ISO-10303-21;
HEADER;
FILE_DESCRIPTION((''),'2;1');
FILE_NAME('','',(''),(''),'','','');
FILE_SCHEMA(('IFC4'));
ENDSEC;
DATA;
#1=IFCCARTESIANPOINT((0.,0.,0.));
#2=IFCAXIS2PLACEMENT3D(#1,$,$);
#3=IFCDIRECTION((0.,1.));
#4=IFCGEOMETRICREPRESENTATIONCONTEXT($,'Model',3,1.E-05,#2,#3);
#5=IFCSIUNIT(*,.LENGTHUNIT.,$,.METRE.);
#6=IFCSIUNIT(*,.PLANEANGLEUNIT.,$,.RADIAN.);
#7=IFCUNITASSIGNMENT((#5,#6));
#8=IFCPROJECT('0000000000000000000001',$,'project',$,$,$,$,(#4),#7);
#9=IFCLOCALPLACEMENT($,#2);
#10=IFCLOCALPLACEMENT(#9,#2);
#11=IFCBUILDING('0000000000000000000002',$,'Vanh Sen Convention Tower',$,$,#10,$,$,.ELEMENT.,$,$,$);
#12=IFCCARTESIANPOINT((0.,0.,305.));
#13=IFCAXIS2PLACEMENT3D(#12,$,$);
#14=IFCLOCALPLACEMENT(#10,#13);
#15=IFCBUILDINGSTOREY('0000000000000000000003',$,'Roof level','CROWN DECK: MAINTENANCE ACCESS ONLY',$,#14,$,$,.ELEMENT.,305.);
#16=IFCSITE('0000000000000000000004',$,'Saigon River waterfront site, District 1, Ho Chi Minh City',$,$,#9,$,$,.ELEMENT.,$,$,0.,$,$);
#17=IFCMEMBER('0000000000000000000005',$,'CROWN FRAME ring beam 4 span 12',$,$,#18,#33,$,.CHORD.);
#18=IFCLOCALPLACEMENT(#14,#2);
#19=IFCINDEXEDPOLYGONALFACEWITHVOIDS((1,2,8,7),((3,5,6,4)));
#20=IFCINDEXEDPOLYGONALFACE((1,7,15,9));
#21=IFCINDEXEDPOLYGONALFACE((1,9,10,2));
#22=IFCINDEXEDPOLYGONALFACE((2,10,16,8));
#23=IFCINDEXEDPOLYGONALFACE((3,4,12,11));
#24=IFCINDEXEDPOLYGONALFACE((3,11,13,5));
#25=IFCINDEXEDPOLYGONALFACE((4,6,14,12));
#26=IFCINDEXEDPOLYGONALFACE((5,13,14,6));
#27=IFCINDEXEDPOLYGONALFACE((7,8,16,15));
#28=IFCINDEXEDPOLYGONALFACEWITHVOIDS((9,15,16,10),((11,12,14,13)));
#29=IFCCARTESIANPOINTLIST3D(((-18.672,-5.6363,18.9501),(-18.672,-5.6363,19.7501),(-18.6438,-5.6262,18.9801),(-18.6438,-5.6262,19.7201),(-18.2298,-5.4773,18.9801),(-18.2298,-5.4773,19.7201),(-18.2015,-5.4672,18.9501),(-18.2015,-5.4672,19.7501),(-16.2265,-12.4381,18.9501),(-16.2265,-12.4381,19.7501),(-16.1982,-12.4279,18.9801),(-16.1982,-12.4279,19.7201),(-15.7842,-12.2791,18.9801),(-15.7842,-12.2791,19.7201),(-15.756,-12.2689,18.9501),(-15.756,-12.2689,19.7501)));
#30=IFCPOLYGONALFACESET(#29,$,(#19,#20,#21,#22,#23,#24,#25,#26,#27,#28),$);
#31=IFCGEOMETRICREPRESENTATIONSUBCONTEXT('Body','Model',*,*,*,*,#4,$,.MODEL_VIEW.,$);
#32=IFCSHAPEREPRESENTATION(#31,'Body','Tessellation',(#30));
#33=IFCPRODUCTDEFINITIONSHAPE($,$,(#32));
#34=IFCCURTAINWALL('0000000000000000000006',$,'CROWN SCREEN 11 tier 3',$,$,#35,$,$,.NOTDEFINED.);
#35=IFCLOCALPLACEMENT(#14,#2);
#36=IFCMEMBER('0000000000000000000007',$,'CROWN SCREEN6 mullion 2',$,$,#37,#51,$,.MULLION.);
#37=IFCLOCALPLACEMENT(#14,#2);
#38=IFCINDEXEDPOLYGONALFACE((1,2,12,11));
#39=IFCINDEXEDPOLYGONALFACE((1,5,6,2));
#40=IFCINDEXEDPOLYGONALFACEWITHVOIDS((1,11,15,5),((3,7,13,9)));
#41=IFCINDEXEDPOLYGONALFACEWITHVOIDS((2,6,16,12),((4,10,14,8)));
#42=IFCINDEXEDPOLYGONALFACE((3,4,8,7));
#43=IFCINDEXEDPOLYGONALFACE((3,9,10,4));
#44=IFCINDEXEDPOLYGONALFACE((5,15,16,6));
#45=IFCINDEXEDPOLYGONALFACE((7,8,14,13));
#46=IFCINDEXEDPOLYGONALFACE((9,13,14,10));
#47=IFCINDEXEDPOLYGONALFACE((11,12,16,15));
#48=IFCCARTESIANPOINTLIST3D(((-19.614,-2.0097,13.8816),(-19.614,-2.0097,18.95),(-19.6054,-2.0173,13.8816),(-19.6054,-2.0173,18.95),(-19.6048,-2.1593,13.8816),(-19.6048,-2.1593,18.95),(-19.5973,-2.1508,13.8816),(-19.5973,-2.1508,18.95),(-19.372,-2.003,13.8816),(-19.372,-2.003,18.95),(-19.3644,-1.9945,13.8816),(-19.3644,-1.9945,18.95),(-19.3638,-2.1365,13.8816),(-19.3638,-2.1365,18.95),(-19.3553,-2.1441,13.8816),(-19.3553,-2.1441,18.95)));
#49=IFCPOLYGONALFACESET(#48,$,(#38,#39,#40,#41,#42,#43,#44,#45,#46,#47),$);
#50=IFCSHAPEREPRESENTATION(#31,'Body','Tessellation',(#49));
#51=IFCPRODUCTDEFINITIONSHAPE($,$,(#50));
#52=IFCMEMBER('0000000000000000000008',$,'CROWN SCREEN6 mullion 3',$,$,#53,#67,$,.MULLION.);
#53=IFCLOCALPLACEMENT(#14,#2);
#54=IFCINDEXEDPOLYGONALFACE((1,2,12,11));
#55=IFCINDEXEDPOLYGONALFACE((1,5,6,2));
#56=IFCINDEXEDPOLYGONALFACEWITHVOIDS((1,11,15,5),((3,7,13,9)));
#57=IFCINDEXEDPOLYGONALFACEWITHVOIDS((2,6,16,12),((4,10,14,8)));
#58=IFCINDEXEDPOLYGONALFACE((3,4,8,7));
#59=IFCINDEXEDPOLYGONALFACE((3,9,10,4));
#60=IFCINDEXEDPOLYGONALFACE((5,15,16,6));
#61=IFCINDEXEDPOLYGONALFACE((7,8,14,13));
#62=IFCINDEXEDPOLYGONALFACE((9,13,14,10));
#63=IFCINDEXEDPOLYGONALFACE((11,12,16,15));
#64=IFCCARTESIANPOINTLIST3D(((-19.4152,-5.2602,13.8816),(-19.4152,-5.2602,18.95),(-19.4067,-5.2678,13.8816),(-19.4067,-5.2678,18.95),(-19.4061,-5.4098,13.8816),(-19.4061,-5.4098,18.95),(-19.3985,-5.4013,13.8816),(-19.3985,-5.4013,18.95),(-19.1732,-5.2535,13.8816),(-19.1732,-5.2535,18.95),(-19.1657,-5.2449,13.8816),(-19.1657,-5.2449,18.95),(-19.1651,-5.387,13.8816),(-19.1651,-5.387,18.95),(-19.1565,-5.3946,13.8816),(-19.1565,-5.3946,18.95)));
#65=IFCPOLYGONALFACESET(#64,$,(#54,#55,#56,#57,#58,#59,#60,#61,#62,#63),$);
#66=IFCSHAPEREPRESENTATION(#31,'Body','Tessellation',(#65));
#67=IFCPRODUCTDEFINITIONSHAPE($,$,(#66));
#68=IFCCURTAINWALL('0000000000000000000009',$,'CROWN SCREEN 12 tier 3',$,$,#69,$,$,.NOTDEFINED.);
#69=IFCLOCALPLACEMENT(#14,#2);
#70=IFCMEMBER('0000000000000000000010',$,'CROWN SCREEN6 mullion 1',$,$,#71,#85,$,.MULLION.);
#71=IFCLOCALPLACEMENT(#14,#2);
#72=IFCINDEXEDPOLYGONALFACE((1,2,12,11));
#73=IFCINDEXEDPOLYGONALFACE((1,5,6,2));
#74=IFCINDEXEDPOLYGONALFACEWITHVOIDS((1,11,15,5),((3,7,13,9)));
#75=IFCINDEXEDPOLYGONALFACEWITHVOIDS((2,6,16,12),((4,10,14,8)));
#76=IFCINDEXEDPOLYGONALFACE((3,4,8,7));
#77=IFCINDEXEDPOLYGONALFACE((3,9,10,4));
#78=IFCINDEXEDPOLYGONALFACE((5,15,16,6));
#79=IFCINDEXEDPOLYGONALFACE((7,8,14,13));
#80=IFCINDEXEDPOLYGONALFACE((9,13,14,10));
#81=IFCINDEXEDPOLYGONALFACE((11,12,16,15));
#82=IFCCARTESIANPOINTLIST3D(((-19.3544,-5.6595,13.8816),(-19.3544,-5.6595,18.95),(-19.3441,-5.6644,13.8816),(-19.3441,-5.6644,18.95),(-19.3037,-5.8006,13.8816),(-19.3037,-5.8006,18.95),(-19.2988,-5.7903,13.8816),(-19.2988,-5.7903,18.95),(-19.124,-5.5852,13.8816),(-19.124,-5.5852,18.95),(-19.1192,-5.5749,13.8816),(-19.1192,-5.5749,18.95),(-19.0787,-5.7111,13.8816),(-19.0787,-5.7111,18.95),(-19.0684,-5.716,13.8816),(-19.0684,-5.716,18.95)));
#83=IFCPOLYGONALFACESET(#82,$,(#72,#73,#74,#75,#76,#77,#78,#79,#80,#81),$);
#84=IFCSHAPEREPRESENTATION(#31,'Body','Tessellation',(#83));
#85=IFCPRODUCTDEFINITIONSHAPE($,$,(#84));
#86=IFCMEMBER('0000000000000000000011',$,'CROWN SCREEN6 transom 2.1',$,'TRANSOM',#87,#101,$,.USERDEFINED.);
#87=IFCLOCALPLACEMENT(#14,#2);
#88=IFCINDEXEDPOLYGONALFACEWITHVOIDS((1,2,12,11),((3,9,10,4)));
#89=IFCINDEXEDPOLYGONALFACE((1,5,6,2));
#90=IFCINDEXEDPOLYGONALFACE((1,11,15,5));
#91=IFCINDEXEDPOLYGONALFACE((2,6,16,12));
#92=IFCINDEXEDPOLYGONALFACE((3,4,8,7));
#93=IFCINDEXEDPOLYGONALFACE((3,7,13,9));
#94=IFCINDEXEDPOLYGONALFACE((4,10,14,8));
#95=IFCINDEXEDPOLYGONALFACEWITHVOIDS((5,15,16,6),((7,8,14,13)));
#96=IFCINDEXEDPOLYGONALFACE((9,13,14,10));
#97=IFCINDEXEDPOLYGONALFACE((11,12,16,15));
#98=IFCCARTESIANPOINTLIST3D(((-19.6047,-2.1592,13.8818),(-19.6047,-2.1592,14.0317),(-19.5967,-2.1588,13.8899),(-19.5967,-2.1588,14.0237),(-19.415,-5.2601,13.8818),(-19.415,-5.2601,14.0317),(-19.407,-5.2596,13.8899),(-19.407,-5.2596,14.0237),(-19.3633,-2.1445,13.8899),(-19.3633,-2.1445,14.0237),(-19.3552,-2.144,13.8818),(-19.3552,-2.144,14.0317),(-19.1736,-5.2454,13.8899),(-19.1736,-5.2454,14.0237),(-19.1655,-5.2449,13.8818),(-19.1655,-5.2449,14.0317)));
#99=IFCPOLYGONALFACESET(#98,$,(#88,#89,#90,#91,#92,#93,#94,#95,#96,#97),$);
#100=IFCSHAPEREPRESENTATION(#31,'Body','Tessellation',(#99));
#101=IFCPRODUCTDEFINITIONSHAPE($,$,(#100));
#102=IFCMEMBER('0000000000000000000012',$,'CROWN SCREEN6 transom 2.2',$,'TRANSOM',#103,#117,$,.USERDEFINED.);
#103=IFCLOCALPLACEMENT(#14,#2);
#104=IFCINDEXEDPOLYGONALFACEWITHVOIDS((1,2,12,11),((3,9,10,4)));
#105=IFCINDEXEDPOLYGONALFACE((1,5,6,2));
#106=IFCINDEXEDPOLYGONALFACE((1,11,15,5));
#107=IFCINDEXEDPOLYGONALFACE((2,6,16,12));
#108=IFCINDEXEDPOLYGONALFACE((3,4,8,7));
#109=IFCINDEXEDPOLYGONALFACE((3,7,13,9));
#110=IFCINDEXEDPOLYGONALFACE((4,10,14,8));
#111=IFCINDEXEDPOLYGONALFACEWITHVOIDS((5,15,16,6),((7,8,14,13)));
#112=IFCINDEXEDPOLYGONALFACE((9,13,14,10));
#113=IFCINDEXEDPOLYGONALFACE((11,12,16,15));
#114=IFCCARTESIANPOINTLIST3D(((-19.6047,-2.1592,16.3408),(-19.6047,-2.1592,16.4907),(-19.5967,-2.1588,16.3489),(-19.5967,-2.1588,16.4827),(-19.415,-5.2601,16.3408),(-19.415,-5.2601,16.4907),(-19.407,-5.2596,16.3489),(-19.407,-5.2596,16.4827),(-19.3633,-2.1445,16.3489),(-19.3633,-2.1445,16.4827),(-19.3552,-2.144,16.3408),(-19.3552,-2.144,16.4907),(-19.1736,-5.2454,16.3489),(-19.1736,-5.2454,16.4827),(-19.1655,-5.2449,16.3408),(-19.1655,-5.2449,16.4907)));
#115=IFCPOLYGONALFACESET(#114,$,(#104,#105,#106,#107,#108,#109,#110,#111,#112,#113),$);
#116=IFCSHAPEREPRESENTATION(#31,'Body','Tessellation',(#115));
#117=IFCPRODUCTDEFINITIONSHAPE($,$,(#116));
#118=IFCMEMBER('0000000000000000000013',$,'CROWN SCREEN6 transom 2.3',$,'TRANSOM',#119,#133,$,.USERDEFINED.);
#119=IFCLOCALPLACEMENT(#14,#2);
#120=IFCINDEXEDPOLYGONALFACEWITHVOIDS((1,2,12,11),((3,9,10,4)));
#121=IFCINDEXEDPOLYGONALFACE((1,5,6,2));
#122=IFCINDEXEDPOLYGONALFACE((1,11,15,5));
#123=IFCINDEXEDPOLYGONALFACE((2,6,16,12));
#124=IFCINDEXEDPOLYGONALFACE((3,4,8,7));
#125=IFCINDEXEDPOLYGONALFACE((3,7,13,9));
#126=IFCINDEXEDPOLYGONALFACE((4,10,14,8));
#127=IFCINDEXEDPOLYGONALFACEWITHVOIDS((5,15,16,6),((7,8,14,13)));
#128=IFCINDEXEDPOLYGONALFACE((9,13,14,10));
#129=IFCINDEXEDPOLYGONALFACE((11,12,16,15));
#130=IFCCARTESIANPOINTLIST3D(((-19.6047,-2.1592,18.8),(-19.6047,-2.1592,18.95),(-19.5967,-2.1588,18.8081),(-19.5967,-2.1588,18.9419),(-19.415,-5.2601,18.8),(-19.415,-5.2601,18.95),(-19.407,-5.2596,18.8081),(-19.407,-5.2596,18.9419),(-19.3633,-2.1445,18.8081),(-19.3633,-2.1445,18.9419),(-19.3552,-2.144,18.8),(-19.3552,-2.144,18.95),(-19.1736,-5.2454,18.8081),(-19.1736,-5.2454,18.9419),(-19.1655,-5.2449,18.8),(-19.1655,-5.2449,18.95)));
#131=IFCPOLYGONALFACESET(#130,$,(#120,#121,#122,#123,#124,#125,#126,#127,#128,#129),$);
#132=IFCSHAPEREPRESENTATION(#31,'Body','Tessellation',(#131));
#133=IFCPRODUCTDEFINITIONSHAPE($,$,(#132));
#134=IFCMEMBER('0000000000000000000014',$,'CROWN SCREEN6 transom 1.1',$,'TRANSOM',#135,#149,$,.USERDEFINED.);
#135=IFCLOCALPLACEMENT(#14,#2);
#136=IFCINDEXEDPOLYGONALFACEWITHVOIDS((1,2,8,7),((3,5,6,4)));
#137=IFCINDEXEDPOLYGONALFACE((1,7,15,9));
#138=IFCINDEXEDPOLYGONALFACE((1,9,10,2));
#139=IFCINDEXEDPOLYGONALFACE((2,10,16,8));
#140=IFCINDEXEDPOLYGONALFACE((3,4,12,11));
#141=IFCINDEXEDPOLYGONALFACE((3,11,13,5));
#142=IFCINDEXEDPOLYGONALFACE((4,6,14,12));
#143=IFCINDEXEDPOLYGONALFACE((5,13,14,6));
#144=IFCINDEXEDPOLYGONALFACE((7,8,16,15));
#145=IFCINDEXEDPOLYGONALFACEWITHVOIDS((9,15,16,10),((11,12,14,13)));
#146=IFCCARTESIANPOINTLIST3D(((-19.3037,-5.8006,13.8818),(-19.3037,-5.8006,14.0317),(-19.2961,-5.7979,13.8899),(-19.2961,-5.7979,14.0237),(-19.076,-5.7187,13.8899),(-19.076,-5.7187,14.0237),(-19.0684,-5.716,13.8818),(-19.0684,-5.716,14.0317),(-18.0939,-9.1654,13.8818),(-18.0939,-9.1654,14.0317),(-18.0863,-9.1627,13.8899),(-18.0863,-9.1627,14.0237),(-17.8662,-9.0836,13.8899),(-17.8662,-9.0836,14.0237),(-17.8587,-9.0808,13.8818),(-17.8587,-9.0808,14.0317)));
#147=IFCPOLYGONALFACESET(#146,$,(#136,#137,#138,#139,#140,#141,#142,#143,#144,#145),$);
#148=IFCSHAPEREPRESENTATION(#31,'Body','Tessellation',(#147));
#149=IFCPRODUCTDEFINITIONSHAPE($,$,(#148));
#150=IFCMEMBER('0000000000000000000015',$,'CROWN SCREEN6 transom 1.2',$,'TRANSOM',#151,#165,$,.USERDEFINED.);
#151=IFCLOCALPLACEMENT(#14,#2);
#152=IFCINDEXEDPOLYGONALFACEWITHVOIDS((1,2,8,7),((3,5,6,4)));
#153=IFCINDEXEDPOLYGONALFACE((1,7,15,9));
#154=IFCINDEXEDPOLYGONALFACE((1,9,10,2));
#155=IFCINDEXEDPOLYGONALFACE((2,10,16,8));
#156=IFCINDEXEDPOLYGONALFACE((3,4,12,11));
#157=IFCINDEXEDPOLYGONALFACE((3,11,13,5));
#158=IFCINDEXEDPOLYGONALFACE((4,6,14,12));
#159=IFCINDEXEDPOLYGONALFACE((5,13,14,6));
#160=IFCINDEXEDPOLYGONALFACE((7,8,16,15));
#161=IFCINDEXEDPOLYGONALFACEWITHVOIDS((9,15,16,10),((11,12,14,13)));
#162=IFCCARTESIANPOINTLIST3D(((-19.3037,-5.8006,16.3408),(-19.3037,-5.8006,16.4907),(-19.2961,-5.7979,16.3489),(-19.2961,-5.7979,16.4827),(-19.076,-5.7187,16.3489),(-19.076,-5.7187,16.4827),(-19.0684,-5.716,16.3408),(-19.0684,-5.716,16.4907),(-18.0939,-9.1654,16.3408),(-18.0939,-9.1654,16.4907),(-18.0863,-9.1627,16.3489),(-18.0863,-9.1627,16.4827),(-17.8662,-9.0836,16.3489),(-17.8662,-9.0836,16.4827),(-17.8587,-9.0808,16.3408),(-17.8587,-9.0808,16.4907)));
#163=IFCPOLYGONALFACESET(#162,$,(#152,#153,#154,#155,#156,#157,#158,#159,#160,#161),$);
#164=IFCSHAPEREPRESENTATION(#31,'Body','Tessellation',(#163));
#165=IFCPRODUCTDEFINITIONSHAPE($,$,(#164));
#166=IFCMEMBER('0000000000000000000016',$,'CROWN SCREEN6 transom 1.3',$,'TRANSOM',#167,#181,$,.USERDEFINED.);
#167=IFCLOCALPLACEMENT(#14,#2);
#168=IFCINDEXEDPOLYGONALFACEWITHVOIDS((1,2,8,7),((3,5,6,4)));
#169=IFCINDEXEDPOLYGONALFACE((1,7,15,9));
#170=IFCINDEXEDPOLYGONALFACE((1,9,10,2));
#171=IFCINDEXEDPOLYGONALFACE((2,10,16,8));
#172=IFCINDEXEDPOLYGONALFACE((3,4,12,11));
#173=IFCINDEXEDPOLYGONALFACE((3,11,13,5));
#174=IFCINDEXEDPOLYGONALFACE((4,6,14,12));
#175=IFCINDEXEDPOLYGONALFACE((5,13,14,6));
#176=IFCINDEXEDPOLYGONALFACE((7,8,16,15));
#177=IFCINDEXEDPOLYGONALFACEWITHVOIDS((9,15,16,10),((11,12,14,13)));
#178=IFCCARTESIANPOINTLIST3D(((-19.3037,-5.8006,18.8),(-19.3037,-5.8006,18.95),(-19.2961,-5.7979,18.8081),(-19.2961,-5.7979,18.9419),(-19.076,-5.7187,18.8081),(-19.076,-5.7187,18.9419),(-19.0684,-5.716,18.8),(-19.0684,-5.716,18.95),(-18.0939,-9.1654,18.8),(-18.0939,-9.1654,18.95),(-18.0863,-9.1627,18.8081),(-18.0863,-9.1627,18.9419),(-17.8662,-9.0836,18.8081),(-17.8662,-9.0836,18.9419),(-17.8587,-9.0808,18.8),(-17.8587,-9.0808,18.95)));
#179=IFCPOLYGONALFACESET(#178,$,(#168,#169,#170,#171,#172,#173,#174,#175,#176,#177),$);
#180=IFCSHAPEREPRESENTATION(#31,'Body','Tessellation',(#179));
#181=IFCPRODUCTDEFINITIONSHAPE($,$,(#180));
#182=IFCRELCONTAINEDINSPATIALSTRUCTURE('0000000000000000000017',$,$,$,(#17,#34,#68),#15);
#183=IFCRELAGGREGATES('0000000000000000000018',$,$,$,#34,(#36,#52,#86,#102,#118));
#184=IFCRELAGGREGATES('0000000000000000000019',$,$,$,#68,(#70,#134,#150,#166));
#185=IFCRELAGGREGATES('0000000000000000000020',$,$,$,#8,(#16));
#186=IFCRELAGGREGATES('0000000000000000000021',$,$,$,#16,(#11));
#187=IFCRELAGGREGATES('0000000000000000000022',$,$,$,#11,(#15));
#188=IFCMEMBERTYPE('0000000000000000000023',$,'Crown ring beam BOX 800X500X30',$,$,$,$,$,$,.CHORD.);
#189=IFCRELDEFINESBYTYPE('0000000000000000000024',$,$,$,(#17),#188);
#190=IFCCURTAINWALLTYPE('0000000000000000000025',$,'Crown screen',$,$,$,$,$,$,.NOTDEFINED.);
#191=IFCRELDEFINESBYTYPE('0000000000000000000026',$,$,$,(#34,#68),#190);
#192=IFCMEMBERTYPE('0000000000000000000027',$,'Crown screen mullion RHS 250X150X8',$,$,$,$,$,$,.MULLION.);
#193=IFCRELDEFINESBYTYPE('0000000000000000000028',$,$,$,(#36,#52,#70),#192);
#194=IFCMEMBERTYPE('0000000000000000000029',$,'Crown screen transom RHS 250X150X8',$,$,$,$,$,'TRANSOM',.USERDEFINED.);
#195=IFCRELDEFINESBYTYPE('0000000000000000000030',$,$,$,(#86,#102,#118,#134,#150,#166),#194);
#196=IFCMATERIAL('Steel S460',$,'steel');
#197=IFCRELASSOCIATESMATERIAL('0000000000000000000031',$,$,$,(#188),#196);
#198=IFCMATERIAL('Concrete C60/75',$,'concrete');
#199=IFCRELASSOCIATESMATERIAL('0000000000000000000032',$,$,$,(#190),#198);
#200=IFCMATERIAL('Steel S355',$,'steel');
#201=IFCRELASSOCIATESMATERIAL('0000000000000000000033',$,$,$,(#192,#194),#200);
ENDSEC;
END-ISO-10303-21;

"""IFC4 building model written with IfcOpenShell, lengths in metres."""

from ifc_helpers import new_model, si_unit, direction, frame, origin, origin_2d, place, context, subcontext, project, spatial, hollow_rectangle, extrude, material, material_profile, profile_set, type_object, element, aggregate, save


model = new_model("IFC4")

# Units and contexts
model_context = context("Model", 3, precision=1e-05, world=origin(), true_north=direction((0.0, 1.0)))
body_context = subcontext(model_context, "Body", "Model", "MODEL_VIEW")
ifc_project = project(units=[si_unit("LENGTHUNIT", "METRE"), si_unit("PLANEANGLEUNIT", "RADIAN")], contexts=[model_context])

# Site, building, storey
site_placement = place(None, origin())
site = spatial("IfcSite", under=ifc_project, at=site_placement, Name="Saigon River waterfront site, District 1, Ho Chi Minh City", CompositionType="ELEMENT", RefElevation=0.0)
building_placement = place(site_placement, origin())
building = spatial("IfcBuilding", under=site, at=building_placement, Name="Vanh Sen Convention Tower", CompositionType="ELEMENT")
storey_placement = place(building_placement, frame((0.0, 0.0, 305.0)))
storey = spatial("IfcBuildingStorey", under=building, at=storey_placement, Name="Roof level", Description="CROWN DECK: MAINTENANCE ACCESS ONLY", CompositionType="ELEMENT", Elevation=305.0)

# Member
ifc_material_1 = material(Name="Steel S460", Category="steel")
ifc_material_profile_1 = material_profile(ifc_material_1, hollow_rectangle(XDim=0.5, YDim=0.8, WallThickness=0.03, at=origin_2d()), Name="BOX 800X500X30")
ifc_profile_set_1 = profile_set([ifc_material_profile_1], Name="Steel S460")
member_type_1 = type_object("IfcMemberType", Name="Crown ring beam BOX 800X500X30", PredefinedType="CHORD", material=ifc_profile_set_1)
member_1_placement = place(storey_placement, frame((-18.4368, -5.5518, 19.3501), z_axis=(0.338343, -0.941023, 0.0), x_axis=(0.941023, 0.338343, 0.0)))
element("IfcMember", 1, at=member_1_placement, inside=storey, type_object=member_type_1, Name="CROWN FRAME ring beam 4 span 12", PredefinedType="CHORD", context=body_context, shape_type="SweptSolid", body=[
    extrude(hollow_rectangle(XDim=0.5, YDim=0.8, WallThickness=0.03, at=origin_2d()), origin(), (0.0, 0.0, 1.0), 7.228),
])

# Curtain wall, members
ifc_material_2 = material(Name="Concrete C60/75", Category="concrete")
curtain_wall_type = type_object("IfcCurtainWallType", Name="Crown screen", PredefinedType="NOTDEFINED", material=ifc_material_2)
curtain_wall_1_placement = place(storey_placement, origin())
curtain_wall_1 = element("IfcCurtainWall", 2, at=curtain_wall_1_placement, inside=storey, type_object=curtain_wall_type, Name="CROWN SCREEN 11 tier 3", PredefinedType="NOTDEFINED")
ifc_material_3 = material(Name="Steel S355", Category="steel")
ifc_material_profile_2 = material_profile(ifc_material_3, hollow_rectangle(XDim=0.25, YDim=0.1499, WallThickness=0.0081, at=origin_2d()), Name="RHS 250X150X8")
ifc_profile_set_2 = profile_set([ifc_material_profile_2], Name="Steel S355")
member_type_2 = type_object("IfcMemberType", Name="Crown screen mullion RHS 250X150X8", PredefinedType="MULLION", material=ifc_profile_set_2)
member_2_placement = place(storey_placement, frame((-19.4846, -2.0769, 13.8816), z_axis=(0.0, 0.0, 1.0), x_axis=(0.998135, 0.061051, 0.0)))
member_2 = element("IfcMember", 3, at=member_2_placement, type_object=member_type_2, Name="CROWN SCREEN6 mullion 2", PredefinedType="MULLION", context=body_context, shape_type="SweptSolid", body=[
    extrude(hollow_rectangle(XDim=0.25, YDim=0.1499, WallThickness=0.0081, at=origin_2d()), origin(), (0.0, 0.0, 1.0), 5.0684),
])
member_3_placement = place(storey_placement, frame((-19.2859, -5.3274, 13.8816), z_axis=(0.0, 0.0, 1.0), x_axis=(0.998135, 0.061051, 0.0)))
member_3 = element("IfcMember", 4, at=member_3_placement, type_object=member_type_2, Name="CROWN SCREEN6 mullion 3", PredefinedType="MULLION", context=body_context, shape_type="SweptSolid", body=[
    extrude(hollow_rectangle(XDim=0.25, YDim=0.1499, WallThickness=0.0081, at=origin_2d()), origin(), (0.0, 0.0, 1.0), 5.0684),
])

# Curtain wall, member
curtain_wall_2_placement = place(storey_placement, origin())
curtain_wall_2 = element("IfcCurtainWall", 5, at=curtain_wall_2_placement, inside=storey, type_object=curtain_wall_type, Name="CROWN SCREEN 12 tier 3", PredefinedType="NOTDEFINED")
member_4_placement = place(storey_placement, frame((-19.2114, -5.6877, 13.8816), z_axis=(0.0, 0.0, 1.0), x_axis=(0.941021, 0.338349, 0.0)))
member_4 = element("IfcMember", 6, at=member_4_placement, type_object=member_type_2, Name="CROWN SCREEN6 mullion 1", PredefinedType="MULLION", context=body_context, shape_type="SweptSolid", body=[
    extrude(hollow_rectangle(XDim=0.25, YDim=0.1499, WallThickness=0.0081, at=origin_2d()), origin(), (0.0, 0.0, 1.0), 5.0684),
])

# Members
ifc_material_profile_3 = material_profile(ifc_material_3, hollow_rectangle(XDim=0.25, YDim=0.1499, WallThickness=0.0081, at=origin_2d()), Name="RHS 250X150X8")
ifc_profile_set_3 = profile_set([ifc_material_profile_3], Name="Steel S355")
member_type_3 = type_object("IfcMemberType", Name="Crown screen transom RHS 250X150X8", ElementType="TRANSOM", PredefinedType="USERDEFINED", material=ifc_profile_set_3)
member_5_placement = place(storey_placement, frame((-19.48, -2.1516, 13.9568), z_axis=(0.061062, -0.998134, 0.0), x_axis=(0.998134, 0.061062, 0.0)))
member_5 = element("IfcMember", 7, at=member_5_placement, type_object=member_type_3, Name="CROWN SCREEN6 transom 2.1", ObjectType="TRANSOM", PredefinedType="USERDEFINED", context=body_context, shape_type="SweptSolid", body=[
    extrude(hollow_rectangle(XDim=0.25, YDim=0.1499, WallThickness=0.0081, at=origin_2d()), origin(), (0.0, 0.0, 1.0), 3.1067),
])
member_6_placement = place(storey_placement, frame((-19.48, -2.1516, 16.4158), z_axis=(0.061062, -0.998134, 0.0), x_axis=(0.998134, 0.061062, 0.0)))
member_6 = element("IfcMember", 8, at=member_6_placement, type_object=member_type_3, Name="CROWN SCREEN6 transom 2.2", ObjectType="TRANSOM", PredefinedType="USERDEFINED", context=body_context, shape_type="SweptSolid", body=[
    extrude(hollow_rectangle(XDim=0.25, YDim=0.1499, WallThickness=0.0081, at=origin_2d()), origin(), (0.0, 0.0, 1.0), 3.1067),
])
member_7_placement = place(storey_placement, frame((-19.48, -2.1516, 18.875), z_axis=(0.061062, -0.998134, 0.0), x_axis=(0.998134, 0.061062, 0.0)))
member_7 = element("IfcMember", 9, at=member_7_placement, type_object=member_type_3, Name="CROWN SCREEN6 transom 2.3", ObjectType="TRANSOM", PredefinedType="USERDEFINED", context=body_context, shape_type="SweptSolid", body=[
    extrude(hollow_rectangle(XDim=0.25, YDim=0.1499, WallThickness=0.0081, at=origin_2d()), origin(), (0.0, 0.0, 1.0), 3.1067),
])
member_8_placement = place(storey_placement, frame((-19.186, -5.7583, 13.9568), z_axis=(0.338325, -0.941029, 0.0), x_axis=(0.941029, 0.338325, 0.0)))
member_8 = element("IfcMember", 10, at=member_8_placement, type_object=member_type_3, Name="CROWN SCREEN6 transom 1.1", ObjectType="TRANSOM", PredefinedType="USERDEFINED", context=body_context, shape_type="SweptSolid", body=[
    extrude(hollow_rectangle(XDim=0.25, YDim=0.1499, WallThickness=0.0081, at=origin_2d()), origin(), (0.0, 0.0, 1.0), 3.5757),
])
member_9_placement = place(storey_placement, frame((-19.186, -5.7583, 16.4158), z_axis=(0.338325, -0.941029, 0.0), x_axis=(0.941029, 0.338325, 0.0)))
member_9 = element("IfcMember", 11, at=member_9_placement, type_object=member_type_3, Name="CROWN SCREEN6 transom 1.2", ObjectType="TRANSOM", PredefinedType="USERDEFINED", context=body_context, shape_type="SweptSolid", body=[
    extrude(hollow_rectangle(XDim=0.25, YDim=0.1499, WallThickness=0.0081, at=origin_2d()), origin(), (0.0, 0.0, 1.0), 3.5757),
])
member_10_placement = place(storey_placement, frame((-19.186, -5.7583, 18.875), z_axis=(0.338325, -0.941029, 0.0), x_axis=(0.941029, 0.338325, 0.0)))
member_10 = element("IfcMember", 12, at=member_10_placement, type_object=member_type_3, Name="CROWN SCREEN6 transom 1.3", ObjectType="TRANSOM", PredefinedType="USERDEFINED", context=body_context, shape_type="SweptSolid", body=[
    extrude(hollow_rectangle(XDim=0.25, YDim=0.1499, WallThickness=0.0081, at=origin_2d()), origin(), (0.0, 0.0, 1.0), 3.5757),
])

aggregate(curtain_wall_1, [member_2, member_3, member_5, member_6, member_7])
aggregate(curtain_wall_2, [member_4, member_8, member_9, member_10])

save(model, "model.ifc")
